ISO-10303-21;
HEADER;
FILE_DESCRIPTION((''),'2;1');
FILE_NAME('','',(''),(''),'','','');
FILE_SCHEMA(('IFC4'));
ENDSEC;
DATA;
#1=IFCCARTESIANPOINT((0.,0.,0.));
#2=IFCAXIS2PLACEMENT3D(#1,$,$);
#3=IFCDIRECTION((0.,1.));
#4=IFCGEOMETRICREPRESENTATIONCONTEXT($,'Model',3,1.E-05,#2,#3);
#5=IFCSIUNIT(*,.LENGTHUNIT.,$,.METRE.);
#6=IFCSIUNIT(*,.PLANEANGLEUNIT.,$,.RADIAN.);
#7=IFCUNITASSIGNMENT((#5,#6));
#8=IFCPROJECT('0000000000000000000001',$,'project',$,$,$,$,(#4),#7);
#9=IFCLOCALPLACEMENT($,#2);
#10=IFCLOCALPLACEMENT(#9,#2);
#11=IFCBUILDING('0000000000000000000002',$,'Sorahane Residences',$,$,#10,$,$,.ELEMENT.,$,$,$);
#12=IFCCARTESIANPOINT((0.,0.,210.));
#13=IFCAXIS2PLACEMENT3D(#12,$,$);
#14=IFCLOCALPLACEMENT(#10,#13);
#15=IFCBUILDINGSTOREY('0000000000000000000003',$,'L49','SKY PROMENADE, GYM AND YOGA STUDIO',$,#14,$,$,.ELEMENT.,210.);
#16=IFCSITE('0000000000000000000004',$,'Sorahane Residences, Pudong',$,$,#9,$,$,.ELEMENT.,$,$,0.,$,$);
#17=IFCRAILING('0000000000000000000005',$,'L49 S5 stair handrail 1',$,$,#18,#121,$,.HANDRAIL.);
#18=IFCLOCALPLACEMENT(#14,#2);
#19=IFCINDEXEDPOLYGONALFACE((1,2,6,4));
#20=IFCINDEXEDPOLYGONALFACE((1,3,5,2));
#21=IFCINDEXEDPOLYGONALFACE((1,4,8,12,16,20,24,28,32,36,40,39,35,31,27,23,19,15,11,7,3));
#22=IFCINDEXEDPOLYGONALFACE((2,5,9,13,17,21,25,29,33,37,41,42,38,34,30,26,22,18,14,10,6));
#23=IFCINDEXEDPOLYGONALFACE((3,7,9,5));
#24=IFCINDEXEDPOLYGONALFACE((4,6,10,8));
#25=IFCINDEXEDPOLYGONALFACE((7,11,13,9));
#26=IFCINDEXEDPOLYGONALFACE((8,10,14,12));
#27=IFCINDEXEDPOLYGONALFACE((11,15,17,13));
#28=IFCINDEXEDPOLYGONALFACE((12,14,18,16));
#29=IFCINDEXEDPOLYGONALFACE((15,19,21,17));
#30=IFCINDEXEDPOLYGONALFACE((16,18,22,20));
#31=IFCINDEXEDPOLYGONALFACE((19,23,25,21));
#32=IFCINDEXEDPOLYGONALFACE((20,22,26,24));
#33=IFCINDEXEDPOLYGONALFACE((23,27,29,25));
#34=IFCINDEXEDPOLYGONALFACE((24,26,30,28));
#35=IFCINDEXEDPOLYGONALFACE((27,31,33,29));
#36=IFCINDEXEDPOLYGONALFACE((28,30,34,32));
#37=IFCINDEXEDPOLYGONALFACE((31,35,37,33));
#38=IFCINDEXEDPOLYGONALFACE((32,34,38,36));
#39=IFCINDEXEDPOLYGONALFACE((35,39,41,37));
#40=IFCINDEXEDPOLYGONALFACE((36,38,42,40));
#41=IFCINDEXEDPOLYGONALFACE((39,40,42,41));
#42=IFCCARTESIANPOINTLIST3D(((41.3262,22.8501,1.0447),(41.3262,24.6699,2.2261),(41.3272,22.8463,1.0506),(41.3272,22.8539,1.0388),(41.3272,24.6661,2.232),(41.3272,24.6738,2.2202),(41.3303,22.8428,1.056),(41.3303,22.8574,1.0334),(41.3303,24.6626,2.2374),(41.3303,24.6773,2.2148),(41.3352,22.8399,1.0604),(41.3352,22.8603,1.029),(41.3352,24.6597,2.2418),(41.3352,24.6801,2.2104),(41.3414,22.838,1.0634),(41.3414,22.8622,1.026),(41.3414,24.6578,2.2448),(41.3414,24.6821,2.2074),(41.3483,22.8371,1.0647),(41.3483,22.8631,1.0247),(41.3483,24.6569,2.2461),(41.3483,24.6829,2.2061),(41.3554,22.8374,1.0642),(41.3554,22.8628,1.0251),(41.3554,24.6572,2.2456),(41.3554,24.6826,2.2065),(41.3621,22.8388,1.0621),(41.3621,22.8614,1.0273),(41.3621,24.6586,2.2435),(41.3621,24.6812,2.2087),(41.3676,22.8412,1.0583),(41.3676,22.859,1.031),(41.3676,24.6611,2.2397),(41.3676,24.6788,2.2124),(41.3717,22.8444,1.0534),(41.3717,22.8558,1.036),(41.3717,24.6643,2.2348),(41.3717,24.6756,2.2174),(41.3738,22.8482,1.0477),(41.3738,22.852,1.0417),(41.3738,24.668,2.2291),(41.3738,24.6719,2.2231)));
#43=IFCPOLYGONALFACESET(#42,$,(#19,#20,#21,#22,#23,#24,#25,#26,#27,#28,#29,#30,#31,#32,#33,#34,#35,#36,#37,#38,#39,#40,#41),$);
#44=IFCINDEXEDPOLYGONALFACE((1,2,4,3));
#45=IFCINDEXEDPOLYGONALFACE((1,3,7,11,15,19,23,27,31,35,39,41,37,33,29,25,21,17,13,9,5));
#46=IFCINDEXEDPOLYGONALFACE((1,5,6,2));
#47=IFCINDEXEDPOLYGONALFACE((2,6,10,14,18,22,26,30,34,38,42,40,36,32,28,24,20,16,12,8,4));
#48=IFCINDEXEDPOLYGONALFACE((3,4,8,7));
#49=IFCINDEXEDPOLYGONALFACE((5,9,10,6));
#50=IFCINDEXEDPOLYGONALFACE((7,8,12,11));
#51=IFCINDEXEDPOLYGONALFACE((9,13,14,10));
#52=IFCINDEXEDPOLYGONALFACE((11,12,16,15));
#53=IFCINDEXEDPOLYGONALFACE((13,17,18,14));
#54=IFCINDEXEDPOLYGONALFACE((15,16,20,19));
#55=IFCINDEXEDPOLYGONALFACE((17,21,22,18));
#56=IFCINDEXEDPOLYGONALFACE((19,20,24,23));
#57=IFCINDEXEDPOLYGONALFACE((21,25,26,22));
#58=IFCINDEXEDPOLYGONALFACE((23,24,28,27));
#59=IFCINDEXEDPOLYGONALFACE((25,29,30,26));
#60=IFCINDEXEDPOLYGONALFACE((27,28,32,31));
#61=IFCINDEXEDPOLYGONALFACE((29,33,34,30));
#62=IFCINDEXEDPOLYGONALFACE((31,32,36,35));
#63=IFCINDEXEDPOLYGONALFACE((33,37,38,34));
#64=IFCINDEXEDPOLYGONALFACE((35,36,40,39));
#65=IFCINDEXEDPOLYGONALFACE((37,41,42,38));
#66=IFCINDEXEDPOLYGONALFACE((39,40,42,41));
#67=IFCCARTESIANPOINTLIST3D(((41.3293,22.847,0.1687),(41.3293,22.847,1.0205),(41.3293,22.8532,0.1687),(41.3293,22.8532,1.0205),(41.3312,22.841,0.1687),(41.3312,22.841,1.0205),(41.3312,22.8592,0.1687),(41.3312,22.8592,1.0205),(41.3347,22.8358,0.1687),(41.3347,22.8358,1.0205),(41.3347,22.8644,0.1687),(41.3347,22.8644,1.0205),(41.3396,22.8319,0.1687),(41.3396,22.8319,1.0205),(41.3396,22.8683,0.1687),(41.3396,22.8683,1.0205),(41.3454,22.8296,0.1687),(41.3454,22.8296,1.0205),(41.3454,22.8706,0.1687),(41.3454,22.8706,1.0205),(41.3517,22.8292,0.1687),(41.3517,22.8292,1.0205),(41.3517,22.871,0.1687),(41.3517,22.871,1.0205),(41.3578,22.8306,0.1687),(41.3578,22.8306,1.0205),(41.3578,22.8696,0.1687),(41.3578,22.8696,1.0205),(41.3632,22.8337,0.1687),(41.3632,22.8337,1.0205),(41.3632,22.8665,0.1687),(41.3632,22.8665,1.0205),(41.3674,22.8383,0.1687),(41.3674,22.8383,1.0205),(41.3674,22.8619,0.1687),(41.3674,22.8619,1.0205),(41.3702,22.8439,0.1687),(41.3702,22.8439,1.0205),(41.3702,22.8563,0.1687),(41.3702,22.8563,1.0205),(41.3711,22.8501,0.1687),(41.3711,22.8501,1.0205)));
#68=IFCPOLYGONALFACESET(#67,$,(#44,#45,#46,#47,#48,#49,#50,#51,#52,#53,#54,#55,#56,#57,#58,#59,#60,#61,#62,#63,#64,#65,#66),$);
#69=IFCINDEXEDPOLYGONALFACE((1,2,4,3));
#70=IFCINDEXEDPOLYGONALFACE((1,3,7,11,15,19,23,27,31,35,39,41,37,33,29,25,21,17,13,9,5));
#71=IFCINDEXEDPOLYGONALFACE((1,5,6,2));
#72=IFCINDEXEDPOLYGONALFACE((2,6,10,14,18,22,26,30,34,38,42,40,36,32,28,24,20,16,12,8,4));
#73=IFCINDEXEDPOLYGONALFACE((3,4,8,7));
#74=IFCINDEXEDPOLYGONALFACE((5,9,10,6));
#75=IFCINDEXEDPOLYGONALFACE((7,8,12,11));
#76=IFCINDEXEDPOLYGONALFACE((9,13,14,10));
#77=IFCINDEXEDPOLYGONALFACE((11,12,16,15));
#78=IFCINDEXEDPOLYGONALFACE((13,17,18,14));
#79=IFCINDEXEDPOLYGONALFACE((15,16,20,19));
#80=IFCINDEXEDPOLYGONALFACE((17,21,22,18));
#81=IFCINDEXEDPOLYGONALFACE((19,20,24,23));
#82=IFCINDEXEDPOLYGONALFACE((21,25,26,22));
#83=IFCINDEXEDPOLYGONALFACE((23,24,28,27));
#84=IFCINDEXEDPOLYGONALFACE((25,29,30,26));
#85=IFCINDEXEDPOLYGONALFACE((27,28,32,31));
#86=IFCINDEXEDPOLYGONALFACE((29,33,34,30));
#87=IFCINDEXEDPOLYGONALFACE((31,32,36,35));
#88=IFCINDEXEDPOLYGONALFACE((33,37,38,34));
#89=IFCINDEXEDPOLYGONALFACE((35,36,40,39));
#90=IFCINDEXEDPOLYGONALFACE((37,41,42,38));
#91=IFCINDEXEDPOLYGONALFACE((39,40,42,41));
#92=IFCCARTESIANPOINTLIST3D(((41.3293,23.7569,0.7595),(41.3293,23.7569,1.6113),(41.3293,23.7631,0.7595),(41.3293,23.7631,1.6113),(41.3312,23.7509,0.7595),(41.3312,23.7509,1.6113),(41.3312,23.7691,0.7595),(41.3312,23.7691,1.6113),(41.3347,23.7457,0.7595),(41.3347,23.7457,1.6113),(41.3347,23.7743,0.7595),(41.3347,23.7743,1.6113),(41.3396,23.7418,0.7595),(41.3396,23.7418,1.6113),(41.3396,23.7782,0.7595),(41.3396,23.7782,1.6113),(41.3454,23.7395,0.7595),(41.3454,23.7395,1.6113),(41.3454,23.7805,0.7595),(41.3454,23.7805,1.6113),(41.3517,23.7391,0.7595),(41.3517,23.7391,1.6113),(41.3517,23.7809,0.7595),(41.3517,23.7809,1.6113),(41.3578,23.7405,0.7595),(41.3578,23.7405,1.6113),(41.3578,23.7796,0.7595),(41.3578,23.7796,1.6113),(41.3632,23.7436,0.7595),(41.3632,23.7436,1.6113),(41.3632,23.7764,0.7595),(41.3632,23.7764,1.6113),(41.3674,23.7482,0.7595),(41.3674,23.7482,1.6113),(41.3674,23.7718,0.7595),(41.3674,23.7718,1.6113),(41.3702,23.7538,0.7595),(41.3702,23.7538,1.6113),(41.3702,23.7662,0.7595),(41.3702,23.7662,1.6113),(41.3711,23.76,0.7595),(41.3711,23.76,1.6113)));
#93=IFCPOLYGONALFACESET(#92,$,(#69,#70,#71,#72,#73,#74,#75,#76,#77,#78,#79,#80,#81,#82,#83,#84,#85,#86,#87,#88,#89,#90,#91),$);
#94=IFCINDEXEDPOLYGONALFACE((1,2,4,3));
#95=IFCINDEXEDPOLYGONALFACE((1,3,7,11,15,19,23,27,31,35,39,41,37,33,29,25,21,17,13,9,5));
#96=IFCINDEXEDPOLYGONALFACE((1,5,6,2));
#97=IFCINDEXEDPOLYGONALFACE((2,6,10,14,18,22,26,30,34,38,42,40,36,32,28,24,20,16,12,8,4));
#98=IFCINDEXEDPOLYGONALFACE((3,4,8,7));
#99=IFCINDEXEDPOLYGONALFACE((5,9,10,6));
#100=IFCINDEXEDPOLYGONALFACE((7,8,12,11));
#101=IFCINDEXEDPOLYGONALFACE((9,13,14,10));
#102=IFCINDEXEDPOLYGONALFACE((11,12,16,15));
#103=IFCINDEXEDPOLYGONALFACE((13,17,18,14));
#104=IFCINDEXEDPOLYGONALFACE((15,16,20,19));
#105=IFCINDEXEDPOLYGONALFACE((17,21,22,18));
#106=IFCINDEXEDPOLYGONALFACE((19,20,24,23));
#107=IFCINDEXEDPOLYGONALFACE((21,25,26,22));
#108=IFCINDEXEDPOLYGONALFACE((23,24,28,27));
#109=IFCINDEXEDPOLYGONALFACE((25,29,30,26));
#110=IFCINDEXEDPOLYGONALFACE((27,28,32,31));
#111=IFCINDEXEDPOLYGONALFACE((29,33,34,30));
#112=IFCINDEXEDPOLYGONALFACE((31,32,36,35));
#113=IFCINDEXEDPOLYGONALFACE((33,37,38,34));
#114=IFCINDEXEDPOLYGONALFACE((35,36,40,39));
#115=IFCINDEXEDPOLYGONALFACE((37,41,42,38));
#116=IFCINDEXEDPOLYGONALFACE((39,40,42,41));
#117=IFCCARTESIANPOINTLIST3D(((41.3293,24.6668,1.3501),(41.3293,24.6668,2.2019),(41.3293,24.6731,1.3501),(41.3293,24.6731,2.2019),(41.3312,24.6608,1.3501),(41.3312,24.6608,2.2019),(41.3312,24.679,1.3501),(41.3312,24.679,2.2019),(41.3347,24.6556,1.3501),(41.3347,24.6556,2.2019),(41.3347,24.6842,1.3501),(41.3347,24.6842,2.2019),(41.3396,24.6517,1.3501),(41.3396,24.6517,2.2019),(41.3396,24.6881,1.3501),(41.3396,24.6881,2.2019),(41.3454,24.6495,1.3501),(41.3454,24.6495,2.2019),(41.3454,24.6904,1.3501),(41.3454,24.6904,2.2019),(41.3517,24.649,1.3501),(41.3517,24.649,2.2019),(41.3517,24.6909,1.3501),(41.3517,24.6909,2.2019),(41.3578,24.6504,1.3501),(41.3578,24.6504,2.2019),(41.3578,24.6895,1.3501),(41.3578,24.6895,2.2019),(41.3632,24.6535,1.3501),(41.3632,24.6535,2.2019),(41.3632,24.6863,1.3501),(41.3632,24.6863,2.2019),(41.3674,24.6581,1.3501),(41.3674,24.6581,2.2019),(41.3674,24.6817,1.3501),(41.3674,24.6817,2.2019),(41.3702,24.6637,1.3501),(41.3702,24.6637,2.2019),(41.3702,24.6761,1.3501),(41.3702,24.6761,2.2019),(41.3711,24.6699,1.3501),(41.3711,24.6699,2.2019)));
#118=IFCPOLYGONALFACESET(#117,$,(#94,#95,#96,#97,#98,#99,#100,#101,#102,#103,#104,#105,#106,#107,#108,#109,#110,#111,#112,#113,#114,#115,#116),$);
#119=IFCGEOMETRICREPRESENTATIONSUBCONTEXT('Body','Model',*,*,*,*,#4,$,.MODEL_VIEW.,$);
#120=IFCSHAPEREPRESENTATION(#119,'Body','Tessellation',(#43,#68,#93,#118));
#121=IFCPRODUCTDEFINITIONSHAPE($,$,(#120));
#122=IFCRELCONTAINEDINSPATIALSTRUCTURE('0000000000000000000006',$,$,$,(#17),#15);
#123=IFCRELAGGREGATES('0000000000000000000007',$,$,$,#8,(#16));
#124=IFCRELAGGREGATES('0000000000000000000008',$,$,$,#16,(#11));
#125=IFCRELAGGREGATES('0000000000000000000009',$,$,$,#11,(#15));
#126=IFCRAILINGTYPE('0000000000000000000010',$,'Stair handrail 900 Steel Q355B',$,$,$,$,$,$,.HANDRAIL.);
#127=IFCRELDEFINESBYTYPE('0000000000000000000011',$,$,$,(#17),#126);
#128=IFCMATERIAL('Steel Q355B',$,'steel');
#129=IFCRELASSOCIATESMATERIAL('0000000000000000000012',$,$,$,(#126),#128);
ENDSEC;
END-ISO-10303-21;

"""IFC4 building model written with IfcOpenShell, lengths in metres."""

from ifc_helpers import new_model, si_unit, direction, frame, origin, origin_2d, place, context, subcontext, project, spatial, circle, extrude, material, type_object, element, save


model = new_model("IFC4")

# Units and contexts
model_context = context("Model", 3, precision=1e-05, world=origin(), true_north=direction((0.0, 1.0)))
body_context = subcontext(model_context, "Body", "Model", "MODEL_VIEW")
ifc_project = project(units=[si_unit("LENGTHUNIT", "METRE"), si_unit("PLANEANGLEUNIT", "RADIAN")], contexts=[model_context])

# Site, building, storey
site_placement = place(None, origin())
site = spatial("IfcSite", under=ifc_project, at=site_placement, Name="Sorahane Residences, Pudong", CompositionType="ELEMENT", RefElevation=0.0)
building_placement = place(site_placement, origin())
building = spatial("IfcBuilding", under=site, at=building_placement, Name="Sorahane Residences", CompositionType="ELEMENT")
storey_placement = place(building_placement, frame((0.0, 0.0, 210.0)))
storey = spatial("IfcBuildingStorey", under=building, at=storey_placement, Name="L49", Description="SKY PROMENADE, GYM AND YOGA STUDIO", CompositionType="ELEMENT", Elevation=210.0)

# Railing
ifc_material_1 = material(Name="Steel Q355B", Category="steel")
railing_type = type_object("IfcRailingType", Name="Stair handrail 900 Steel Q355B", PredefinedType="HANDRAIL", material=ifc_material_1)
railing_placement = place(storey_placement, frame((41.3501, 22.8501, 0.1687)))
element("IfcRailing", 1, at=railing_placement, inside=storey, type_object=railing_type, Name="L49 S5 stair handrail 1", PredefinedType="HANDRAIL", context=body_context, shape_type="SweptSolid", body=[
    extrude(circle(Radius=0.0239, at=origin_2d()), frame((0.0, 0.0, 0.876), z_axis=(0.0, 0.838757, 0.544506), x_axis=(-1.0, 0.0, 0.0)), (0.0, 0.0, 1.0), 2.1697),
    extrude(circle(Radius=0.021, at=origin_2d()), origin(), (0.0, 0.0, 1.0), 0.8518),
    extrude(circle(Radius=0.021, at=origin_2d()), frame((0.0, 0.9099, 0.5908)), (0.0, 0.0, 1.0), 0.8518),
    extrude(circle(Radius=0.021, at=origin_2d()), frame((0.0, 1.8198, 1.1814)), (0.0, 0.0, 1.0), 0.8518),
])

save(model, "model.ifc")
